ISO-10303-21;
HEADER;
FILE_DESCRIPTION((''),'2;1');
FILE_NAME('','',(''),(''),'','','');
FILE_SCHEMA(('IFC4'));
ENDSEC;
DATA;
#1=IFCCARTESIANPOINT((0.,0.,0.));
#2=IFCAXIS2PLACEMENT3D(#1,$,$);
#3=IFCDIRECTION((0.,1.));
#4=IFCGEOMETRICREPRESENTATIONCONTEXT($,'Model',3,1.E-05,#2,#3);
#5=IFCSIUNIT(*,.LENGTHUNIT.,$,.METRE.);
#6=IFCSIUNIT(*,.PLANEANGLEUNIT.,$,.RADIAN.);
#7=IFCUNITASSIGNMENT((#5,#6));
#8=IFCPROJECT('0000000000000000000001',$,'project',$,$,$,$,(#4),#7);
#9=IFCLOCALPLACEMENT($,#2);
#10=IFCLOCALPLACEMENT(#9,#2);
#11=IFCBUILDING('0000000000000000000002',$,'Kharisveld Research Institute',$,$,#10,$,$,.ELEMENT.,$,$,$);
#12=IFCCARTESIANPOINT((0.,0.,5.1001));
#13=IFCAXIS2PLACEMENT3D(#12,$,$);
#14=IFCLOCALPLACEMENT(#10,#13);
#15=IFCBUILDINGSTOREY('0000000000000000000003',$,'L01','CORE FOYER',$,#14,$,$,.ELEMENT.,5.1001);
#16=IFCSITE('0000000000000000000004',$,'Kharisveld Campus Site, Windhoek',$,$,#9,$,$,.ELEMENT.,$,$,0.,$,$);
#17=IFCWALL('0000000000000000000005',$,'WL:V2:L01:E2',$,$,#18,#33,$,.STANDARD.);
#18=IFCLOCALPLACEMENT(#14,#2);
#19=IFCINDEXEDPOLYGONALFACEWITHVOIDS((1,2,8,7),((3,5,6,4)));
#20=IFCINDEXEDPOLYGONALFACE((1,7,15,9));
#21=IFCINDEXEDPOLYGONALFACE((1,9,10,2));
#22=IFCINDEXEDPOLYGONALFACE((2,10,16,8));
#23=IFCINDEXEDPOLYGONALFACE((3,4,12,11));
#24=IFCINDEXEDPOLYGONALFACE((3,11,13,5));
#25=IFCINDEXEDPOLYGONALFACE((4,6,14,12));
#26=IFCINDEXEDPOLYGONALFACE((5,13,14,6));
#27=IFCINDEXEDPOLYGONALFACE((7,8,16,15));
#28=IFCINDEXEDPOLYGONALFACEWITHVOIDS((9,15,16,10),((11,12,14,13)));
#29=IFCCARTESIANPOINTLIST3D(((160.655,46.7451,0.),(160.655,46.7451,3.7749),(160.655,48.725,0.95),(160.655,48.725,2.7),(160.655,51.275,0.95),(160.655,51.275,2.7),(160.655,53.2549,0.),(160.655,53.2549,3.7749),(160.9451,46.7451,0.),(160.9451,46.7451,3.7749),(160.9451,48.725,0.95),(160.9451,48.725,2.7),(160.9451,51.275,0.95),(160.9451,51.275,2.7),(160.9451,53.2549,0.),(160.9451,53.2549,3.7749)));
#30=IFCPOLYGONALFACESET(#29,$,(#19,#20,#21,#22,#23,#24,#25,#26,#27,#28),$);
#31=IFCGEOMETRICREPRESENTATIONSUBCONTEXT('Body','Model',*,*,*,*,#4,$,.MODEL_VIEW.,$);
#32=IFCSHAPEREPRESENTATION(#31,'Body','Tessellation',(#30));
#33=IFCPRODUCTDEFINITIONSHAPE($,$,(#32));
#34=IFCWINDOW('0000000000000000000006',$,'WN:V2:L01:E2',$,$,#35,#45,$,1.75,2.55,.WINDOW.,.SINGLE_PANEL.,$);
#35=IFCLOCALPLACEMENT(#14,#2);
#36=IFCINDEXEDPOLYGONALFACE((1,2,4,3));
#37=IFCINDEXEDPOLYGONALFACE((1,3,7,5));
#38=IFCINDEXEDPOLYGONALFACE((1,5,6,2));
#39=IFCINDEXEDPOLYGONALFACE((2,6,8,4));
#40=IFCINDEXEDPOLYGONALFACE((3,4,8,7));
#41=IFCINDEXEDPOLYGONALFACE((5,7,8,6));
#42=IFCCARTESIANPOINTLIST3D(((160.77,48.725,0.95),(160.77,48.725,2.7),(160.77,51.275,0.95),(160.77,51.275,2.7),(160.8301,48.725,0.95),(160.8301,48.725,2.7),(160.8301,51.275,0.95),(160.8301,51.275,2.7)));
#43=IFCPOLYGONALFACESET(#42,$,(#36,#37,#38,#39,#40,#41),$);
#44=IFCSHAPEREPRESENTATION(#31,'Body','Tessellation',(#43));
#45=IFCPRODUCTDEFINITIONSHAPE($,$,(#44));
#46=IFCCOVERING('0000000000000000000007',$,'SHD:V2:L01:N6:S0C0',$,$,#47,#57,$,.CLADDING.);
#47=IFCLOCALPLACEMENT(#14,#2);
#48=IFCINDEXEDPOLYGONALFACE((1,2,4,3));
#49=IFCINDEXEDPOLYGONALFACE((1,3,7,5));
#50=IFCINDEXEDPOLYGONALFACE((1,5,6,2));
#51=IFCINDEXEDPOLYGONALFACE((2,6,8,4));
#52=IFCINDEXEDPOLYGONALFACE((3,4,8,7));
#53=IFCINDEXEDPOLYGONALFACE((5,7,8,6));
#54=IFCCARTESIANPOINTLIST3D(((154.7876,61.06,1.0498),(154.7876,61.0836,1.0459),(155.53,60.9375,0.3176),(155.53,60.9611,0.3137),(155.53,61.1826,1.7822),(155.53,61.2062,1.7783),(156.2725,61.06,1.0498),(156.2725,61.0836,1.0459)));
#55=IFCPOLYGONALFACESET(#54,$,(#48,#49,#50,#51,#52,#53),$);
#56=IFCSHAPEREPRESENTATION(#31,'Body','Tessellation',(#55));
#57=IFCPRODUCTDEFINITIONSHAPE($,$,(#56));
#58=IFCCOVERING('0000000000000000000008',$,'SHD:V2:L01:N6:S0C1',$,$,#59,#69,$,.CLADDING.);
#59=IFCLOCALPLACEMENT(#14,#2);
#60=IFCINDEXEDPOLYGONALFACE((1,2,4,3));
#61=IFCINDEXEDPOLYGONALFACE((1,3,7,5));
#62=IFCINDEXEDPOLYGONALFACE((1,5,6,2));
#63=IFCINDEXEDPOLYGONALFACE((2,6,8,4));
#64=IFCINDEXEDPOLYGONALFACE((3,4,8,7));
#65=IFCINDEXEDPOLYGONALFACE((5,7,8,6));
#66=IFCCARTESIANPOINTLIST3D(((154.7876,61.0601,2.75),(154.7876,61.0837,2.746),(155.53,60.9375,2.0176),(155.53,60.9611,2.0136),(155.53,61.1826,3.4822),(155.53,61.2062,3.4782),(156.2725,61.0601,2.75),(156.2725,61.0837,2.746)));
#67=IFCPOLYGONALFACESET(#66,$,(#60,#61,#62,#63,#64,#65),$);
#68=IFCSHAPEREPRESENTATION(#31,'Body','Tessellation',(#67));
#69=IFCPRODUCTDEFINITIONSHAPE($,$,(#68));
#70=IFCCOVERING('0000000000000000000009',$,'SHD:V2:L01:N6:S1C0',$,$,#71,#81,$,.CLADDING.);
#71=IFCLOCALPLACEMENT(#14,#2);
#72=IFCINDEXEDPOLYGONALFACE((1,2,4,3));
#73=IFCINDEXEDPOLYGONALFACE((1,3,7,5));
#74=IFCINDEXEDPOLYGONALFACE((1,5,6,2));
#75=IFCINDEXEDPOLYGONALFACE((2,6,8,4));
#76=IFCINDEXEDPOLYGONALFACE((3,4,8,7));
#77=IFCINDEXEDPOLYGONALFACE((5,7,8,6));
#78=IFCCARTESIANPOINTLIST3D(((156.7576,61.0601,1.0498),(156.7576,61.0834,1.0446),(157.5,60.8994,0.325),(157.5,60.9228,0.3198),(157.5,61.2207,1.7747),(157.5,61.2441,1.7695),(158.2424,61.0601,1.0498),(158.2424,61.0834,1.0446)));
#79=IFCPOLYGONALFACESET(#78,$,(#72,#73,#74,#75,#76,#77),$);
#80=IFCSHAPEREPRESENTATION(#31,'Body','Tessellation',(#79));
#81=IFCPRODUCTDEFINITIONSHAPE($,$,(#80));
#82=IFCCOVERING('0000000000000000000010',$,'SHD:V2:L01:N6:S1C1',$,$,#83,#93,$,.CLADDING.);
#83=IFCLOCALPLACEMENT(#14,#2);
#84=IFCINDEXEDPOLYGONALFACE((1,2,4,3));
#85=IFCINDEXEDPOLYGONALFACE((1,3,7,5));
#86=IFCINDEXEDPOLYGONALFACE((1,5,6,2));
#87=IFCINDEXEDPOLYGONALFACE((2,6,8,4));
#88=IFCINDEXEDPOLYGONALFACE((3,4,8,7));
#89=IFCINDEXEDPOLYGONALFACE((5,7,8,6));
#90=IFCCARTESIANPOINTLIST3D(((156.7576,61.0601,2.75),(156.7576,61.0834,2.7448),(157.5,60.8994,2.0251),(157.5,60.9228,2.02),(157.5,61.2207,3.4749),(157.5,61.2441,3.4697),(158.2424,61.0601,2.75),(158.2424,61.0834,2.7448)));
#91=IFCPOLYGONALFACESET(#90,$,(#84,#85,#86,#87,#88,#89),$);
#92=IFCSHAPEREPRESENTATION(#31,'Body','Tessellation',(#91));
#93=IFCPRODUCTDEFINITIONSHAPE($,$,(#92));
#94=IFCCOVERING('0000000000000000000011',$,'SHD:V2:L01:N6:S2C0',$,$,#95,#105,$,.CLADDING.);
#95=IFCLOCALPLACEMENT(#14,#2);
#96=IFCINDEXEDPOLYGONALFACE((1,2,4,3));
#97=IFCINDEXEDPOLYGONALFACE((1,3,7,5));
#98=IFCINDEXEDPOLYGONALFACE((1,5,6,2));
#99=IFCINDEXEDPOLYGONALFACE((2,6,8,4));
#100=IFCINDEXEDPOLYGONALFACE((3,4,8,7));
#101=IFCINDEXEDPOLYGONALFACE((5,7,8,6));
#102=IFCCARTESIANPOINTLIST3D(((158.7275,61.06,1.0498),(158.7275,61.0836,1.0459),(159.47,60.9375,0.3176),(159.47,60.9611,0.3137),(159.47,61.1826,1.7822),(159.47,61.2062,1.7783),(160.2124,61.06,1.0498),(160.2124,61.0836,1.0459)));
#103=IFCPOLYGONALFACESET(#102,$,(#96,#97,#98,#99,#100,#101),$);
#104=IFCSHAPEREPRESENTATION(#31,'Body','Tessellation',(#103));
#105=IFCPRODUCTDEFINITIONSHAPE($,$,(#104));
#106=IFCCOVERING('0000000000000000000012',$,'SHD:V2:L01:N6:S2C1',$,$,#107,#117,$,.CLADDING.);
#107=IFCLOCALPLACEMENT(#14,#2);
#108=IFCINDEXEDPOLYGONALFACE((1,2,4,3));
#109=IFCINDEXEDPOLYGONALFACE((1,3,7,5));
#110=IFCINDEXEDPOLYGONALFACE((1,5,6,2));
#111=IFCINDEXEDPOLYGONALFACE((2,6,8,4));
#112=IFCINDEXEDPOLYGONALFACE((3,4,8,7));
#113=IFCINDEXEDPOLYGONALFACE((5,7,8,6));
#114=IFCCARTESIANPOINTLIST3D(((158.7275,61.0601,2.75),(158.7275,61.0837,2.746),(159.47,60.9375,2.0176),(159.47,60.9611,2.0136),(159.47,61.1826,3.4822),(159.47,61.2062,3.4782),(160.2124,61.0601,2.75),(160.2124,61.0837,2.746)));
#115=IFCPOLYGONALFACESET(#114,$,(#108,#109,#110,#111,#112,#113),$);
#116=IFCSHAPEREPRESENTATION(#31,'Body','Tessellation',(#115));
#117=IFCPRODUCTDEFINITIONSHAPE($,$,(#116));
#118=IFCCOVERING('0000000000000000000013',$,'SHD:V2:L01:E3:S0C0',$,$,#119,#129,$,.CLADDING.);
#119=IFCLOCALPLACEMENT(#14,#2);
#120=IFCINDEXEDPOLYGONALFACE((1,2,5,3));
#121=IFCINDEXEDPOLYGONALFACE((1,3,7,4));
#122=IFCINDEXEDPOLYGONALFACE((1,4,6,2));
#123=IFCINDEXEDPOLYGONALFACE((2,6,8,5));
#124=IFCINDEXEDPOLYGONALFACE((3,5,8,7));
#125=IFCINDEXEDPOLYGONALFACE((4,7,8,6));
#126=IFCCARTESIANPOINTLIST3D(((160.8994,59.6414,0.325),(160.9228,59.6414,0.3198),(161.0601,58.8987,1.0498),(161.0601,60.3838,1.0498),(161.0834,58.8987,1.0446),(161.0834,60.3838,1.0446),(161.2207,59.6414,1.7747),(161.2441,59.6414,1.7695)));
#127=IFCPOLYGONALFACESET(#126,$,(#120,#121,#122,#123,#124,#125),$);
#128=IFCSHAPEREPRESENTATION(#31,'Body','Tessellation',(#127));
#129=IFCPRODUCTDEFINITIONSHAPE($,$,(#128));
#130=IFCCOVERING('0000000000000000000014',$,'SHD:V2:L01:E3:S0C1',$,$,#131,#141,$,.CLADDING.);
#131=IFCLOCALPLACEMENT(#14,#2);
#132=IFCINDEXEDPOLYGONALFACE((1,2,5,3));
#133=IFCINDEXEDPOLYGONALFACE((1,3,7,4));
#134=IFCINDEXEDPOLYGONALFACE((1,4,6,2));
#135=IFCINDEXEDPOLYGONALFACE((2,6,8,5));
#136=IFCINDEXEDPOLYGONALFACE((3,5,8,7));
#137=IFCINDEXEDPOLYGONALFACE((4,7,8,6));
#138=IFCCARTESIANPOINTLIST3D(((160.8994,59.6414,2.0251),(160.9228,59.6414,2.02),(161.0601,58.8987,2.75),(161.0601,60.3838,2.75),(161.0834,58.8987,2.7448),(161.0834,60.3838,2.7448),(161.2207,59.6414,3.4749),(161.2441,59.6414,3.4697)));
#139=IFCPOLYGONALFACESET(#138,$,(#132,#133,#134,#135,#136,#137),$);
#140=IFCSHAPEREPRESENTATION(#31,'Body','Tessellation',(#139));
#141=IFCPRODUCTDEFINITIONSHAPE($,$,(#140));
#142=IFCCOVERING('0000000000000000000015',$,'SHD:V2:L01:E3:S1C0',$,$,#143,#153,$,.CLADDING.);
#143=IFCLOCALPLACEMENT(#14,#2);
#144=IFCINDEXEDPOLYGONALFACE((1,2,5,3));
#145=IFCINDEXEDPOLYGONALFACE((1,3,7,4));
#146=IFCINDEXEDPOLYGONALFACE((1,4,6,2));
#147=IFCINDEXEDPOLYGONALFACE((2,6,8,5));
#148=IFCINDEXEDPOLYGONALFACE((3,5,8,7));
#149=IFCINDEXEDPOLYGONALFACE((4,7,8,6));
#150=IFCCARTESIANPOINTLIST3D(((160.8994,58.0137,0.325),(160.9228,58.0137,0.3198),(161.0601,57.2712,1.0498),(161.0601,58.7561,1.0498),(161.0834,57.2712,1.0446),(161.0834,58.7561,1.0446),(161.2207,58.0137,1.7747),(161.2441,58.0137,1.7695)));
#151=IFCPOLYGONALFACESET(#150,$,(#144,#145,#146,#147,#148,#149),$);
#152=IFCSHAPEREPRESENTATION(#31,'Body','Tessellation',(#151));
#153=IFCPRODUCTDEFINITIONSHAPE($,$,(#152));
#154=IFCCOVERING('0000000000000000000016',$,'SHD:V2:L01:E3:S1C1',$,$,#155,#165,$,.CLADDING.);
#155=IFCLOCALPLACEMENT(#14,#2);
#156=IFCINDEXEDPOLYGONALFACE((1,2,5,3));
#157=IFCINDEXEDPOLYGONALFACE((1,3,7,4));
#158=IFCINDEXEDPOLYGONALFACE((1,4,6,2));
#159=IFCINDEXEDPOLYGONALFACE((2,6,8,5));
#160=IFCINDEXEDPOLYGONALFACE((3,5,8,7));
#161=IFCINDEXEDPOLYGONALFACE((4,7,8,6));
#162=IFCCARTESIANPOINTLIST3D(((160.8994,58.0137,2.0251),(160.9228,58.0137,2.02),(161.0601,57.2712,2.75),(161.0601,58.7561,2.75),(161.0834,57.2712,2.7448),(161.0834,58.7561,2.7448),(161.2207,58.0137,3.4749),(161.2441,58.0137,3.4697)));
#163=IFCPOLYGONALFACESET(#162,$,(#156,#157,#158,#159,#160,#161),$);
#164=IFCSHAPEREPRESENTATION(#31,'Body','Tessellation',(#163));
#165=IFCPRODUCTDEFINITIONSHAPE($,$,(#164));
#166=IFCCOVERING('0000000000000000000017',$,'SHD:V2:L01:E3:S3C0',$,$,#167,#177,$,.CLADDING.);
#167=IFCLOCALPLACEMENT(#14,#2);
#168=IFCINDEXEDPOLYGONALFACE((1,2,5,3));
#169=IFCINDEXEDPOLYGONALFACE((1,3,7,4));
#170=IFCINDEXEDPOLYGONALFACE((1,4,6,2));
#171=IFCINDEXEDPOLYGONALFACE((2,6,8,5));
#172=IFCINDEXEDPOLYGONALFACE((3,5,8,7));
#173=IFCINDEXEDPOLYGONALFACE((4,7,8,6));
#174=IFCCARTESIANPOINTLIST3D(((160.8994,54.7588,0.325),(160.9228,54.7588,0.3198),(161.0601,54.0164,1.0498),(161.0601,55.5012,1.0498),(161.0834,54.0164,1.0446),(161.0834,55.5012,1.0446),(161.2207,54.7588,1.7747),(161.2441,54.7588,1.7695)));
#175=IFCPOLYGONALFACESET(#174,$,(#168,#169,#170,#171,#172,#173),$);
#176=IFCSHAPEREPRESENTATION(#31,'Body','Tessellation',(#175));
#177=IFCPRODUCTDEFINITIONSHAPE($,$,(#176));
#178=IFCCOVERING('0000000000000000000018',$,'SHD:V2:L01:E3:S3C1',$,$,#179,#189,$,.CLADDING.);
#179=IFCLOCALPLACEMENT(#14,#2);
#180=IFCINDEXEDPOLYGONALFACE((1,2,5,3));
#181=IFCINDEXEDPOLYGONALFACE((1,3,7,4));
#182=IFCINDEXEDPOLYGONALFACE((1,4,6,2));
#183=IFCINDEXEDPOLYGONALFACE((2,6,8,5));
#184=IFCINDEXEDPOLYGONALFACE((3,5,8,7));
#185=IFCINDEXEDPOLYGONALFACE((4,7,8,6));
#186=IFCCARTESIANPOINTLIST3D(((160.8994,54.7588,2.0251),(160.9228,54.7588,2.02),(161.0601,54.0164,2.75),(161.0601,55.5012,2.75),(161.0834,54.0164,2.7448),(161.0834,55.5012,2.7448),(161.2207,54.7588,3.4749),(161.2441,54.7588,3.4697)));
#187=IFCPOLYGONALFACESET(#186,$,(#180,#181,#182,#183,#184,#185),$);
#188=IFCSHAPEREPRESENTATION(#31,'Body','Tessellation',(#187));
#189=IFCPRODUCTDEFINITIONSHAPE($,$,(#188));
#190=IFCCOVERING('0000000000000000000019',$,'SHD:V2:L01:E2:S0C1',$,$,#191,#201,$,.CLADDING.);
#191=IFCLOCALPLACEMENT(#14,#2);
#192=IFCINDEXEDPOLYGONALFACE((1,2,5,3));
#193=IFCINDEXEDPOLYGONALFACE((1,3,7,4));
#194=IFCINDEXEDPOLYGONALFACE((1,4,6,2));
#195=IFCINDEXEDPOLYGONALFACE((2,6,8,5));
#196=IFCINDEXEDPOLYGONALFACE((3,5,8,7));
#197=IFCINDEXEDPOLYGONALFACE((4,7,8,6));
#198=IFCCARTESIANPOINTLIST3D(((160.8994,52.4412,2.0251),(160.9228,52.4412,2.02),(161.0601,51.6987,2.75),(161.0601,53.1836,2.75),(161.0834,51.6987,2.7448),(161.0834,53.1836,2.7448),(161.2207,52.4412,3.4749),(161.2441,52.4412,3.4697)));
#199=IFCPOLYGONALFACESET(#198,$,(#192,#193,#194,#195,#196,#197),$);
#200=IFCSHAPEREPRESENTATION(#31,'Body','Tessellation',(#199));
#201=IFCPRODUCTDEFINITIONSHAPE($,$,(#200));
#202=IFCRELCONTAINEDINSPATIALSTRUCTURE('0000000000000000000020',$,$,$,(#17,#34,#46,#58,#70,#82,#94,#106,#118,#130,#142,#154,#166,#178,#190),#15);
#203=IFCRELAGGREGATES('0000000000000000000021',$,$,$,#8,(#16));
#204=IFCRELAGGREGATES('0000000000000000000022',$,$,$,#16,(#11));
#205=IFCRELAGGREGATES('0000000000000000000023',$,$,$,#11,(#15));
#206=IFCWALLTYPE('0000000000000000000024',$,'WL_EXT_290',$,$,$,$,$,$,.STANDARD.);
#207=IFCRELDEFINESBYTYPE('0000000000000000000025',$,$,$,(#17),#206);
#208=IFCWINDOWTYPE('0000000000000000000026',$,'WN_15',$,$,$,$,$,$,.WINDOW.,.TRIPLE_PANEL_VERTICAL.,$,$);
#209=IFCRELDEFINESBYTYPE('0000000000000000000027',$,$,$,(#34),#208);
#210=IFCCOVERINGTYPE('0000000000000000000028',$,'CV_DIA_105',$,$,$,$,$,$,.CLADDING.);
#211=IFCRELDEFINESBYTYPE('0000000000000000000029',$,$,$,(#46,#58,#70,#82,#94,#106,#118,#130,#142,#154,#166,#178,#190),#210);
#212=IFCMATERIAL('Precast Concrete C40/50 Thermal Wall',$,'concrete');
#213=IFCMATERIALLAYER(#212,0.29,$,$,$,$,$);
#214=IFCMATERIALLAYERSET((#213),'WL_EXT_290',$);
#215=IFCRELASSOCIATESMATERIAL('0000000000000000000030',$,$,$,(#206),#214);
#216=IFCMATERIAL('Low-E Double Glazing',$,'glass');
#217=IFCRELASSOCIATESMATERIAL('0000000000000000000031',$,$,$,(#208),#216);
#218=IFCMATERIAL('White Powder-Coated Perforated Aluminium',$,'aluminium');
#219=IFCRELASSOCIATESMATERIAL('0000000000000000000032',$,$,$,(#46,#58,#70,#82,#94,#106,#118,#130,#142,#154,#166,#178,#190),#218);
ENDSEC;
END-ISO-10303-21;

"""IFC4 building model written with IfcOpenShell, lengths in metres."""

from ifc_helpers import new_model, si_unit, direction, frame, frame_2d, origin, place, context, subcontext, project, spatial, polyline, rectangle, outline, extrude, material, layer, layer_set, type_object, element, fill, save


model = new_model("IFC4")

# Units and contexts
model_context = context("Model", 3, precision=1e-05, world=origin(), true_north=direction((0.0, 1.0)))
body_context = subcontext(model_context, "Body", "Model", "MODEL_VIEW")
ifc_project = project(units=[si_unit("LENGTHUNIT", "METRE"), si_unit("PLANEANGLEUNIT", "RADIAN")], contexts=[model_context])

# Site, building, storey
site_placement = place(None, origin())
site = spatial("IfcSite", under=ifc_project, at=site_placement, Name="Kharisveld Campus Site, Windhoek", CompositionType="ELEMENT", RefElevation=0.0)
building_placement = place(site_placement, origin())
building = spatial("IfcBuilding", under=site, at=building_placement, Name="Kharisveld Research Institute", CompositionType="ELEMENT")
storey_placement = place(building_placement, frame((0.0, 0.0, 5.1001)))
storey = spatial("IfcBuildingStorey", under=building, at=storey_placement, Name="L01", Description="CORE FOYER", CompositionType="ELEMENT", Elevation=5.1001)

# Shared definitions
ifc_material_1 = material(Name="Precast Concrete C40/50 Thermal Wall", Category="concrete")
ifc_layer_1 = layer(ifc_material_1, 0.29)
ifc_layer_set_1 = layer_set([ifc_layer_1], Name="WL_EXT_290")
wall_type_1 = type_object("IfcWallType", Name="WL_EXT_290", PredefinedType="STANDARD", material=ifc_layer_set_1)

# Wall, opening, window
wall_1_placement = place(storey_placement, frame((160.8, 53.2549, 0.0), z_axis=(0.0, 0.0, 1.0), x_axis=(0.0, -1.0, 0.0)))
wall_1 = element("IfcWall", 1, at=wall_1_placement, inside=storey, type_object=wall_type_1, Name="WL:V2:L01:E2", PredefinedType="STANDARD", context=body_context, shape_type="SweptSolid", body=[
    extrude(rectangle(XDim=6.5098, YDim=0.29, at=frame_2d((3.2549, 0.0))), origin(), (0.0, 0.0, 1.0), 3.7749),
])
opening_1_placement = place(wall_1_placement, frame((1.98, 0.0, 0.95)))
opening_1 = element("IfcOpeningElement", 2, at=opening_1_placement, cuts=wall_1, PredefinedType="OPENING", context=body_context, shape_type="SweptSolid", body=[
    extrude(rectangle(XDim=2.55, YDim=1.75, at=frame_2d((1.2749, 0.875))), frame((0.0, 0.145, 0.0), z_axis=(0.0, -1.0, 0.0), x_axis=(1.0, 0.0, 0.0)), (0.0, 0.0, 1.0), 0.29),
])
ifc_material_2 = material(Name="Low-E Double Glazing", Category="glass")
window_type_1 = type_object("IfcWindowType", Name="WN_15", PartitioningType="TRIPLE_PANEL_VERTICAL", PredefinedType="WINDOW", material=ifc_material_2)
window_1_placement = place(opening_1_placement, origin())
window_1 = element("IfcWindow", 3, at=window_1_placement, inside=storey, type_object=window_type_1, Name="WN:V2:L01:E2", OverallHeight=1.75, OverallWidth=2.55, PartitioningType="SINGLE_PANEL", PredefinedType="WINDOW", context=body_context, shape_type="SweptSolid", body=[
    extrude(rectangle(XDim=2.55, YDim=1.75, at=frame_2d((1.2749, 0.875))), frame((0.0, 0.03, 0.0), z_axis=(0.0, -1.0, 0.0), x_axis=(1.0, 0.0, 0.0)), (0.0, 0.0, 1.0), 0.0601),
])
fill(opening_1, window_1)

# Coverings
ifc_material_3 = material(Name="White Powder-Coated Perforated Aluminium", Category="aluminium")
covering_type = type_object("IfcCoveringType", Name="CV_DIA_105", PredefinedType="CLADDING")
covering_1_placement = place(storey_placement, frame((155.53, 60.9375, 0.3176), z_axis=(0.0, -0.986283, 0.165065), x_axis=(0.707139, 0.116714, 0.697376)))
element("IfcCovering", 4, at=covering_1_placement, inside=storey, type_object=covering_type, material=ifc_material_3, Name="SHD:V2:L01:N6:S0C0", PredefinedType="CLADDING", context=body_context, shape_type="SweptSolid", body=[
    extrude(outline(polyline([(0.0, 0.0), (1.0499, 0.0), (1.05, 1.0501), (-0.0001, 1.0499), (0.0, 0.0)])), origin(), (0.0, 0.0, -1.0), 0.0239),
])
covering_2_placement = place(storey_placement, frame((155.53, 60.9375, 2.0176), z_axis=(0.0, -0.986283, 0.165065), x_axis=(0.707024, 0.116733, 0.697489)))
element("IfcCovering", 5, at=covering_2_placement, inside=storey, type_object=covering_type, material=ifc_material_3, Name="SHD:V2:L01:N6:S0C1", PredefinedType="CLADDING", context=body_context, shape_type="SweptSolid", body=[
    extrude(outline(polyline([(0.0, 0.0), (1.0501, 0.0), (1.0502, 1.0499), (0.0002, 1.0501), (0.0, 0.0)])), origin(), (0.0, 0.0, -1.0), 0.0239),
])
for number, where, z_axis, x_axis, name in (
    (6, (157.5, 60.8994, 0.325), (0.0, -0.976311, 0.216373), (0.707102, 0.153, 0.69036), "SHD:V2:L01:N6:S1C0"),
    (7, (157.5, 60.8994, 2.0251), (0.0, -0.976311, 0.216373), (0.707102, 0.153, 0.69036), "SHD:V2:L01:N6:S1C1"),
):
    element("IfcCovering", number, at=place(storey_placement, frame(where, z_axis=z_axis, x_axis=x_axis)), inside=storey, type_object=covering_type, material=ifc_material_3, Name=name, PredefinedType="CLADDING", context=body_context, shape_type="SweptSolid", body=[
        extrude(outline(polyline([(0.0, 0.0), (1.05, 0.0), (1.05, 1.05), (0.0, 1.05), (0.0, 0.0)])), origin(), (0.0, 0.0, -1.0), 0.0239),
    ])
covering_3_placement = place(storey_placement, frame((159.47, 60.9375, 0.3176), z_axis=(0.0, -0.986283, 0.165065), x_axis=(0.707139, 0.116714, 0.697376)))
element("IfcCovering", 8, at=covering_3_placement, inside=storey, type_object=covering_type, material=ifc_material_3, Name="SHD:V2:L01:N6:S2C0", PredefinedType="CLADDING", context=body_context, shape_type="SweptSolid", body=[
    extrude(outline(polyline([(0.0, 0.0), (1.0499, 0.0), (1.05, 1.0501), (-0.0001, 1.0499), (0.0, 0.0)])), origin(), (0.0, 0.0, -1.0), 0.0239),
])
covering_4_placement = place(storey_placement, frame((159.47, 60.9375, 2.0176), z_axis=(0.0, -0.986283, 0.165065), x_axis=(0.707024, 0.116733, 0.697489)))
element("IfcCovering", 9, at=covering_4_placement, inside=storey, type_object=covering_type, material=ifc_material_3, Name="SHD:V2:L01:N6:S2C1", PredefinedType="CLADDING", context=body_context, shape_type="SweptSolid", body=[
    extrude(outline(polyline([(0.0, 0.0), (1.0501, 0.0), (1.0502, 1.0499), (0.0002, 1.0501), (0.0, 0.0)])), origin(), (0.0, 0.0, -1.0), 0.0239),
])
for number, where, z_axis, x_axis, name in (
    (10, (160.8994, 59.6414, 0.325), (-0.976311, 0.0, 0.216373), (0.152975, -0.707218, 0.690247), "SHD:V2:L01:E3:S0C0"),
    (11, (160.8994, 59.6414, 2.0251), (-0.976311, 0.0, 0.216373), (0.152975, -0.707218, 0.690247), "SHD:V2:L01:E3:S0C1"),
):
    element("IfcCovering", number, at=place(storey_placement, frame(where, z_axis=z_axis, x_axis=x_axis)), inside=storey, type_object=covering_type, material=ifc_material_3, Name=name, PredefinedType="CLADDING", context=body_context, shape_type="SweptSolid", body=[
        extrude(outline(polyline([(0.0, 0.0), (1.0501, 0.0), (1.0498, 1.0501), (-0.0002, 1.05), (0.0, 0.0)])), origin(), (0.0, 0.0, -1.0), 0.0239),
    ])
for number, where, z_axis, x_axis, name in (
    (12, (160.8994, 58.0137, 0.325), (-0.976311, 0.0, 0.216373), (0.153, -0.707102, 0.69036), "SHD:V2:L01:E3:S1C0"),
    (13, (160.8994, 58.0137, 2.0251), (-0.976311, 0.0, 0.216373), (0.153, -0.707102, 0.69036), "SHD:V2:L01:E3:S1C1"),
    (14, (160.8994, 54.7588, 0.325), (-0.976311, 0.0, 0.216373), (0.153, -0.707102, 0.69036), "SHD:V2:L01:E3:S3C0"),
    (15, (160.8994, 54.7588, 2.0251), (-0.976311, 0.0, 0.216373), (0.153, -0.707102, 0.69036), "SHD:V2:L01:E3:S3C1"),
    (16, (160.8994, 52.4412, 2.0251), (-0.976311, 0.0, 0.216373), (0.153, -0.707102, 0.69036), "SHD:V2:L01:E2:S0C1"),
):
    element("IfcCovering", number, at=place(storey_placement, frame(where, z_axis=z_axis, x_axis=x_axis)), inside=storey, type_object=covering_type, material=ifc_material_3, Name=name, PredefinedType="CLADDING", context=body_context, shape_type="SweptSolid", body=[
        extrude(outline(polyline([(0.0, 0.0), (1.05, 0.0), (1.05, 1.05), (0.0, 1.05), (0.0, 0.0)])), origin(), (0.0, 0.0, -1.0), 0.0239),
    ])

save(model, "model.ifc")
